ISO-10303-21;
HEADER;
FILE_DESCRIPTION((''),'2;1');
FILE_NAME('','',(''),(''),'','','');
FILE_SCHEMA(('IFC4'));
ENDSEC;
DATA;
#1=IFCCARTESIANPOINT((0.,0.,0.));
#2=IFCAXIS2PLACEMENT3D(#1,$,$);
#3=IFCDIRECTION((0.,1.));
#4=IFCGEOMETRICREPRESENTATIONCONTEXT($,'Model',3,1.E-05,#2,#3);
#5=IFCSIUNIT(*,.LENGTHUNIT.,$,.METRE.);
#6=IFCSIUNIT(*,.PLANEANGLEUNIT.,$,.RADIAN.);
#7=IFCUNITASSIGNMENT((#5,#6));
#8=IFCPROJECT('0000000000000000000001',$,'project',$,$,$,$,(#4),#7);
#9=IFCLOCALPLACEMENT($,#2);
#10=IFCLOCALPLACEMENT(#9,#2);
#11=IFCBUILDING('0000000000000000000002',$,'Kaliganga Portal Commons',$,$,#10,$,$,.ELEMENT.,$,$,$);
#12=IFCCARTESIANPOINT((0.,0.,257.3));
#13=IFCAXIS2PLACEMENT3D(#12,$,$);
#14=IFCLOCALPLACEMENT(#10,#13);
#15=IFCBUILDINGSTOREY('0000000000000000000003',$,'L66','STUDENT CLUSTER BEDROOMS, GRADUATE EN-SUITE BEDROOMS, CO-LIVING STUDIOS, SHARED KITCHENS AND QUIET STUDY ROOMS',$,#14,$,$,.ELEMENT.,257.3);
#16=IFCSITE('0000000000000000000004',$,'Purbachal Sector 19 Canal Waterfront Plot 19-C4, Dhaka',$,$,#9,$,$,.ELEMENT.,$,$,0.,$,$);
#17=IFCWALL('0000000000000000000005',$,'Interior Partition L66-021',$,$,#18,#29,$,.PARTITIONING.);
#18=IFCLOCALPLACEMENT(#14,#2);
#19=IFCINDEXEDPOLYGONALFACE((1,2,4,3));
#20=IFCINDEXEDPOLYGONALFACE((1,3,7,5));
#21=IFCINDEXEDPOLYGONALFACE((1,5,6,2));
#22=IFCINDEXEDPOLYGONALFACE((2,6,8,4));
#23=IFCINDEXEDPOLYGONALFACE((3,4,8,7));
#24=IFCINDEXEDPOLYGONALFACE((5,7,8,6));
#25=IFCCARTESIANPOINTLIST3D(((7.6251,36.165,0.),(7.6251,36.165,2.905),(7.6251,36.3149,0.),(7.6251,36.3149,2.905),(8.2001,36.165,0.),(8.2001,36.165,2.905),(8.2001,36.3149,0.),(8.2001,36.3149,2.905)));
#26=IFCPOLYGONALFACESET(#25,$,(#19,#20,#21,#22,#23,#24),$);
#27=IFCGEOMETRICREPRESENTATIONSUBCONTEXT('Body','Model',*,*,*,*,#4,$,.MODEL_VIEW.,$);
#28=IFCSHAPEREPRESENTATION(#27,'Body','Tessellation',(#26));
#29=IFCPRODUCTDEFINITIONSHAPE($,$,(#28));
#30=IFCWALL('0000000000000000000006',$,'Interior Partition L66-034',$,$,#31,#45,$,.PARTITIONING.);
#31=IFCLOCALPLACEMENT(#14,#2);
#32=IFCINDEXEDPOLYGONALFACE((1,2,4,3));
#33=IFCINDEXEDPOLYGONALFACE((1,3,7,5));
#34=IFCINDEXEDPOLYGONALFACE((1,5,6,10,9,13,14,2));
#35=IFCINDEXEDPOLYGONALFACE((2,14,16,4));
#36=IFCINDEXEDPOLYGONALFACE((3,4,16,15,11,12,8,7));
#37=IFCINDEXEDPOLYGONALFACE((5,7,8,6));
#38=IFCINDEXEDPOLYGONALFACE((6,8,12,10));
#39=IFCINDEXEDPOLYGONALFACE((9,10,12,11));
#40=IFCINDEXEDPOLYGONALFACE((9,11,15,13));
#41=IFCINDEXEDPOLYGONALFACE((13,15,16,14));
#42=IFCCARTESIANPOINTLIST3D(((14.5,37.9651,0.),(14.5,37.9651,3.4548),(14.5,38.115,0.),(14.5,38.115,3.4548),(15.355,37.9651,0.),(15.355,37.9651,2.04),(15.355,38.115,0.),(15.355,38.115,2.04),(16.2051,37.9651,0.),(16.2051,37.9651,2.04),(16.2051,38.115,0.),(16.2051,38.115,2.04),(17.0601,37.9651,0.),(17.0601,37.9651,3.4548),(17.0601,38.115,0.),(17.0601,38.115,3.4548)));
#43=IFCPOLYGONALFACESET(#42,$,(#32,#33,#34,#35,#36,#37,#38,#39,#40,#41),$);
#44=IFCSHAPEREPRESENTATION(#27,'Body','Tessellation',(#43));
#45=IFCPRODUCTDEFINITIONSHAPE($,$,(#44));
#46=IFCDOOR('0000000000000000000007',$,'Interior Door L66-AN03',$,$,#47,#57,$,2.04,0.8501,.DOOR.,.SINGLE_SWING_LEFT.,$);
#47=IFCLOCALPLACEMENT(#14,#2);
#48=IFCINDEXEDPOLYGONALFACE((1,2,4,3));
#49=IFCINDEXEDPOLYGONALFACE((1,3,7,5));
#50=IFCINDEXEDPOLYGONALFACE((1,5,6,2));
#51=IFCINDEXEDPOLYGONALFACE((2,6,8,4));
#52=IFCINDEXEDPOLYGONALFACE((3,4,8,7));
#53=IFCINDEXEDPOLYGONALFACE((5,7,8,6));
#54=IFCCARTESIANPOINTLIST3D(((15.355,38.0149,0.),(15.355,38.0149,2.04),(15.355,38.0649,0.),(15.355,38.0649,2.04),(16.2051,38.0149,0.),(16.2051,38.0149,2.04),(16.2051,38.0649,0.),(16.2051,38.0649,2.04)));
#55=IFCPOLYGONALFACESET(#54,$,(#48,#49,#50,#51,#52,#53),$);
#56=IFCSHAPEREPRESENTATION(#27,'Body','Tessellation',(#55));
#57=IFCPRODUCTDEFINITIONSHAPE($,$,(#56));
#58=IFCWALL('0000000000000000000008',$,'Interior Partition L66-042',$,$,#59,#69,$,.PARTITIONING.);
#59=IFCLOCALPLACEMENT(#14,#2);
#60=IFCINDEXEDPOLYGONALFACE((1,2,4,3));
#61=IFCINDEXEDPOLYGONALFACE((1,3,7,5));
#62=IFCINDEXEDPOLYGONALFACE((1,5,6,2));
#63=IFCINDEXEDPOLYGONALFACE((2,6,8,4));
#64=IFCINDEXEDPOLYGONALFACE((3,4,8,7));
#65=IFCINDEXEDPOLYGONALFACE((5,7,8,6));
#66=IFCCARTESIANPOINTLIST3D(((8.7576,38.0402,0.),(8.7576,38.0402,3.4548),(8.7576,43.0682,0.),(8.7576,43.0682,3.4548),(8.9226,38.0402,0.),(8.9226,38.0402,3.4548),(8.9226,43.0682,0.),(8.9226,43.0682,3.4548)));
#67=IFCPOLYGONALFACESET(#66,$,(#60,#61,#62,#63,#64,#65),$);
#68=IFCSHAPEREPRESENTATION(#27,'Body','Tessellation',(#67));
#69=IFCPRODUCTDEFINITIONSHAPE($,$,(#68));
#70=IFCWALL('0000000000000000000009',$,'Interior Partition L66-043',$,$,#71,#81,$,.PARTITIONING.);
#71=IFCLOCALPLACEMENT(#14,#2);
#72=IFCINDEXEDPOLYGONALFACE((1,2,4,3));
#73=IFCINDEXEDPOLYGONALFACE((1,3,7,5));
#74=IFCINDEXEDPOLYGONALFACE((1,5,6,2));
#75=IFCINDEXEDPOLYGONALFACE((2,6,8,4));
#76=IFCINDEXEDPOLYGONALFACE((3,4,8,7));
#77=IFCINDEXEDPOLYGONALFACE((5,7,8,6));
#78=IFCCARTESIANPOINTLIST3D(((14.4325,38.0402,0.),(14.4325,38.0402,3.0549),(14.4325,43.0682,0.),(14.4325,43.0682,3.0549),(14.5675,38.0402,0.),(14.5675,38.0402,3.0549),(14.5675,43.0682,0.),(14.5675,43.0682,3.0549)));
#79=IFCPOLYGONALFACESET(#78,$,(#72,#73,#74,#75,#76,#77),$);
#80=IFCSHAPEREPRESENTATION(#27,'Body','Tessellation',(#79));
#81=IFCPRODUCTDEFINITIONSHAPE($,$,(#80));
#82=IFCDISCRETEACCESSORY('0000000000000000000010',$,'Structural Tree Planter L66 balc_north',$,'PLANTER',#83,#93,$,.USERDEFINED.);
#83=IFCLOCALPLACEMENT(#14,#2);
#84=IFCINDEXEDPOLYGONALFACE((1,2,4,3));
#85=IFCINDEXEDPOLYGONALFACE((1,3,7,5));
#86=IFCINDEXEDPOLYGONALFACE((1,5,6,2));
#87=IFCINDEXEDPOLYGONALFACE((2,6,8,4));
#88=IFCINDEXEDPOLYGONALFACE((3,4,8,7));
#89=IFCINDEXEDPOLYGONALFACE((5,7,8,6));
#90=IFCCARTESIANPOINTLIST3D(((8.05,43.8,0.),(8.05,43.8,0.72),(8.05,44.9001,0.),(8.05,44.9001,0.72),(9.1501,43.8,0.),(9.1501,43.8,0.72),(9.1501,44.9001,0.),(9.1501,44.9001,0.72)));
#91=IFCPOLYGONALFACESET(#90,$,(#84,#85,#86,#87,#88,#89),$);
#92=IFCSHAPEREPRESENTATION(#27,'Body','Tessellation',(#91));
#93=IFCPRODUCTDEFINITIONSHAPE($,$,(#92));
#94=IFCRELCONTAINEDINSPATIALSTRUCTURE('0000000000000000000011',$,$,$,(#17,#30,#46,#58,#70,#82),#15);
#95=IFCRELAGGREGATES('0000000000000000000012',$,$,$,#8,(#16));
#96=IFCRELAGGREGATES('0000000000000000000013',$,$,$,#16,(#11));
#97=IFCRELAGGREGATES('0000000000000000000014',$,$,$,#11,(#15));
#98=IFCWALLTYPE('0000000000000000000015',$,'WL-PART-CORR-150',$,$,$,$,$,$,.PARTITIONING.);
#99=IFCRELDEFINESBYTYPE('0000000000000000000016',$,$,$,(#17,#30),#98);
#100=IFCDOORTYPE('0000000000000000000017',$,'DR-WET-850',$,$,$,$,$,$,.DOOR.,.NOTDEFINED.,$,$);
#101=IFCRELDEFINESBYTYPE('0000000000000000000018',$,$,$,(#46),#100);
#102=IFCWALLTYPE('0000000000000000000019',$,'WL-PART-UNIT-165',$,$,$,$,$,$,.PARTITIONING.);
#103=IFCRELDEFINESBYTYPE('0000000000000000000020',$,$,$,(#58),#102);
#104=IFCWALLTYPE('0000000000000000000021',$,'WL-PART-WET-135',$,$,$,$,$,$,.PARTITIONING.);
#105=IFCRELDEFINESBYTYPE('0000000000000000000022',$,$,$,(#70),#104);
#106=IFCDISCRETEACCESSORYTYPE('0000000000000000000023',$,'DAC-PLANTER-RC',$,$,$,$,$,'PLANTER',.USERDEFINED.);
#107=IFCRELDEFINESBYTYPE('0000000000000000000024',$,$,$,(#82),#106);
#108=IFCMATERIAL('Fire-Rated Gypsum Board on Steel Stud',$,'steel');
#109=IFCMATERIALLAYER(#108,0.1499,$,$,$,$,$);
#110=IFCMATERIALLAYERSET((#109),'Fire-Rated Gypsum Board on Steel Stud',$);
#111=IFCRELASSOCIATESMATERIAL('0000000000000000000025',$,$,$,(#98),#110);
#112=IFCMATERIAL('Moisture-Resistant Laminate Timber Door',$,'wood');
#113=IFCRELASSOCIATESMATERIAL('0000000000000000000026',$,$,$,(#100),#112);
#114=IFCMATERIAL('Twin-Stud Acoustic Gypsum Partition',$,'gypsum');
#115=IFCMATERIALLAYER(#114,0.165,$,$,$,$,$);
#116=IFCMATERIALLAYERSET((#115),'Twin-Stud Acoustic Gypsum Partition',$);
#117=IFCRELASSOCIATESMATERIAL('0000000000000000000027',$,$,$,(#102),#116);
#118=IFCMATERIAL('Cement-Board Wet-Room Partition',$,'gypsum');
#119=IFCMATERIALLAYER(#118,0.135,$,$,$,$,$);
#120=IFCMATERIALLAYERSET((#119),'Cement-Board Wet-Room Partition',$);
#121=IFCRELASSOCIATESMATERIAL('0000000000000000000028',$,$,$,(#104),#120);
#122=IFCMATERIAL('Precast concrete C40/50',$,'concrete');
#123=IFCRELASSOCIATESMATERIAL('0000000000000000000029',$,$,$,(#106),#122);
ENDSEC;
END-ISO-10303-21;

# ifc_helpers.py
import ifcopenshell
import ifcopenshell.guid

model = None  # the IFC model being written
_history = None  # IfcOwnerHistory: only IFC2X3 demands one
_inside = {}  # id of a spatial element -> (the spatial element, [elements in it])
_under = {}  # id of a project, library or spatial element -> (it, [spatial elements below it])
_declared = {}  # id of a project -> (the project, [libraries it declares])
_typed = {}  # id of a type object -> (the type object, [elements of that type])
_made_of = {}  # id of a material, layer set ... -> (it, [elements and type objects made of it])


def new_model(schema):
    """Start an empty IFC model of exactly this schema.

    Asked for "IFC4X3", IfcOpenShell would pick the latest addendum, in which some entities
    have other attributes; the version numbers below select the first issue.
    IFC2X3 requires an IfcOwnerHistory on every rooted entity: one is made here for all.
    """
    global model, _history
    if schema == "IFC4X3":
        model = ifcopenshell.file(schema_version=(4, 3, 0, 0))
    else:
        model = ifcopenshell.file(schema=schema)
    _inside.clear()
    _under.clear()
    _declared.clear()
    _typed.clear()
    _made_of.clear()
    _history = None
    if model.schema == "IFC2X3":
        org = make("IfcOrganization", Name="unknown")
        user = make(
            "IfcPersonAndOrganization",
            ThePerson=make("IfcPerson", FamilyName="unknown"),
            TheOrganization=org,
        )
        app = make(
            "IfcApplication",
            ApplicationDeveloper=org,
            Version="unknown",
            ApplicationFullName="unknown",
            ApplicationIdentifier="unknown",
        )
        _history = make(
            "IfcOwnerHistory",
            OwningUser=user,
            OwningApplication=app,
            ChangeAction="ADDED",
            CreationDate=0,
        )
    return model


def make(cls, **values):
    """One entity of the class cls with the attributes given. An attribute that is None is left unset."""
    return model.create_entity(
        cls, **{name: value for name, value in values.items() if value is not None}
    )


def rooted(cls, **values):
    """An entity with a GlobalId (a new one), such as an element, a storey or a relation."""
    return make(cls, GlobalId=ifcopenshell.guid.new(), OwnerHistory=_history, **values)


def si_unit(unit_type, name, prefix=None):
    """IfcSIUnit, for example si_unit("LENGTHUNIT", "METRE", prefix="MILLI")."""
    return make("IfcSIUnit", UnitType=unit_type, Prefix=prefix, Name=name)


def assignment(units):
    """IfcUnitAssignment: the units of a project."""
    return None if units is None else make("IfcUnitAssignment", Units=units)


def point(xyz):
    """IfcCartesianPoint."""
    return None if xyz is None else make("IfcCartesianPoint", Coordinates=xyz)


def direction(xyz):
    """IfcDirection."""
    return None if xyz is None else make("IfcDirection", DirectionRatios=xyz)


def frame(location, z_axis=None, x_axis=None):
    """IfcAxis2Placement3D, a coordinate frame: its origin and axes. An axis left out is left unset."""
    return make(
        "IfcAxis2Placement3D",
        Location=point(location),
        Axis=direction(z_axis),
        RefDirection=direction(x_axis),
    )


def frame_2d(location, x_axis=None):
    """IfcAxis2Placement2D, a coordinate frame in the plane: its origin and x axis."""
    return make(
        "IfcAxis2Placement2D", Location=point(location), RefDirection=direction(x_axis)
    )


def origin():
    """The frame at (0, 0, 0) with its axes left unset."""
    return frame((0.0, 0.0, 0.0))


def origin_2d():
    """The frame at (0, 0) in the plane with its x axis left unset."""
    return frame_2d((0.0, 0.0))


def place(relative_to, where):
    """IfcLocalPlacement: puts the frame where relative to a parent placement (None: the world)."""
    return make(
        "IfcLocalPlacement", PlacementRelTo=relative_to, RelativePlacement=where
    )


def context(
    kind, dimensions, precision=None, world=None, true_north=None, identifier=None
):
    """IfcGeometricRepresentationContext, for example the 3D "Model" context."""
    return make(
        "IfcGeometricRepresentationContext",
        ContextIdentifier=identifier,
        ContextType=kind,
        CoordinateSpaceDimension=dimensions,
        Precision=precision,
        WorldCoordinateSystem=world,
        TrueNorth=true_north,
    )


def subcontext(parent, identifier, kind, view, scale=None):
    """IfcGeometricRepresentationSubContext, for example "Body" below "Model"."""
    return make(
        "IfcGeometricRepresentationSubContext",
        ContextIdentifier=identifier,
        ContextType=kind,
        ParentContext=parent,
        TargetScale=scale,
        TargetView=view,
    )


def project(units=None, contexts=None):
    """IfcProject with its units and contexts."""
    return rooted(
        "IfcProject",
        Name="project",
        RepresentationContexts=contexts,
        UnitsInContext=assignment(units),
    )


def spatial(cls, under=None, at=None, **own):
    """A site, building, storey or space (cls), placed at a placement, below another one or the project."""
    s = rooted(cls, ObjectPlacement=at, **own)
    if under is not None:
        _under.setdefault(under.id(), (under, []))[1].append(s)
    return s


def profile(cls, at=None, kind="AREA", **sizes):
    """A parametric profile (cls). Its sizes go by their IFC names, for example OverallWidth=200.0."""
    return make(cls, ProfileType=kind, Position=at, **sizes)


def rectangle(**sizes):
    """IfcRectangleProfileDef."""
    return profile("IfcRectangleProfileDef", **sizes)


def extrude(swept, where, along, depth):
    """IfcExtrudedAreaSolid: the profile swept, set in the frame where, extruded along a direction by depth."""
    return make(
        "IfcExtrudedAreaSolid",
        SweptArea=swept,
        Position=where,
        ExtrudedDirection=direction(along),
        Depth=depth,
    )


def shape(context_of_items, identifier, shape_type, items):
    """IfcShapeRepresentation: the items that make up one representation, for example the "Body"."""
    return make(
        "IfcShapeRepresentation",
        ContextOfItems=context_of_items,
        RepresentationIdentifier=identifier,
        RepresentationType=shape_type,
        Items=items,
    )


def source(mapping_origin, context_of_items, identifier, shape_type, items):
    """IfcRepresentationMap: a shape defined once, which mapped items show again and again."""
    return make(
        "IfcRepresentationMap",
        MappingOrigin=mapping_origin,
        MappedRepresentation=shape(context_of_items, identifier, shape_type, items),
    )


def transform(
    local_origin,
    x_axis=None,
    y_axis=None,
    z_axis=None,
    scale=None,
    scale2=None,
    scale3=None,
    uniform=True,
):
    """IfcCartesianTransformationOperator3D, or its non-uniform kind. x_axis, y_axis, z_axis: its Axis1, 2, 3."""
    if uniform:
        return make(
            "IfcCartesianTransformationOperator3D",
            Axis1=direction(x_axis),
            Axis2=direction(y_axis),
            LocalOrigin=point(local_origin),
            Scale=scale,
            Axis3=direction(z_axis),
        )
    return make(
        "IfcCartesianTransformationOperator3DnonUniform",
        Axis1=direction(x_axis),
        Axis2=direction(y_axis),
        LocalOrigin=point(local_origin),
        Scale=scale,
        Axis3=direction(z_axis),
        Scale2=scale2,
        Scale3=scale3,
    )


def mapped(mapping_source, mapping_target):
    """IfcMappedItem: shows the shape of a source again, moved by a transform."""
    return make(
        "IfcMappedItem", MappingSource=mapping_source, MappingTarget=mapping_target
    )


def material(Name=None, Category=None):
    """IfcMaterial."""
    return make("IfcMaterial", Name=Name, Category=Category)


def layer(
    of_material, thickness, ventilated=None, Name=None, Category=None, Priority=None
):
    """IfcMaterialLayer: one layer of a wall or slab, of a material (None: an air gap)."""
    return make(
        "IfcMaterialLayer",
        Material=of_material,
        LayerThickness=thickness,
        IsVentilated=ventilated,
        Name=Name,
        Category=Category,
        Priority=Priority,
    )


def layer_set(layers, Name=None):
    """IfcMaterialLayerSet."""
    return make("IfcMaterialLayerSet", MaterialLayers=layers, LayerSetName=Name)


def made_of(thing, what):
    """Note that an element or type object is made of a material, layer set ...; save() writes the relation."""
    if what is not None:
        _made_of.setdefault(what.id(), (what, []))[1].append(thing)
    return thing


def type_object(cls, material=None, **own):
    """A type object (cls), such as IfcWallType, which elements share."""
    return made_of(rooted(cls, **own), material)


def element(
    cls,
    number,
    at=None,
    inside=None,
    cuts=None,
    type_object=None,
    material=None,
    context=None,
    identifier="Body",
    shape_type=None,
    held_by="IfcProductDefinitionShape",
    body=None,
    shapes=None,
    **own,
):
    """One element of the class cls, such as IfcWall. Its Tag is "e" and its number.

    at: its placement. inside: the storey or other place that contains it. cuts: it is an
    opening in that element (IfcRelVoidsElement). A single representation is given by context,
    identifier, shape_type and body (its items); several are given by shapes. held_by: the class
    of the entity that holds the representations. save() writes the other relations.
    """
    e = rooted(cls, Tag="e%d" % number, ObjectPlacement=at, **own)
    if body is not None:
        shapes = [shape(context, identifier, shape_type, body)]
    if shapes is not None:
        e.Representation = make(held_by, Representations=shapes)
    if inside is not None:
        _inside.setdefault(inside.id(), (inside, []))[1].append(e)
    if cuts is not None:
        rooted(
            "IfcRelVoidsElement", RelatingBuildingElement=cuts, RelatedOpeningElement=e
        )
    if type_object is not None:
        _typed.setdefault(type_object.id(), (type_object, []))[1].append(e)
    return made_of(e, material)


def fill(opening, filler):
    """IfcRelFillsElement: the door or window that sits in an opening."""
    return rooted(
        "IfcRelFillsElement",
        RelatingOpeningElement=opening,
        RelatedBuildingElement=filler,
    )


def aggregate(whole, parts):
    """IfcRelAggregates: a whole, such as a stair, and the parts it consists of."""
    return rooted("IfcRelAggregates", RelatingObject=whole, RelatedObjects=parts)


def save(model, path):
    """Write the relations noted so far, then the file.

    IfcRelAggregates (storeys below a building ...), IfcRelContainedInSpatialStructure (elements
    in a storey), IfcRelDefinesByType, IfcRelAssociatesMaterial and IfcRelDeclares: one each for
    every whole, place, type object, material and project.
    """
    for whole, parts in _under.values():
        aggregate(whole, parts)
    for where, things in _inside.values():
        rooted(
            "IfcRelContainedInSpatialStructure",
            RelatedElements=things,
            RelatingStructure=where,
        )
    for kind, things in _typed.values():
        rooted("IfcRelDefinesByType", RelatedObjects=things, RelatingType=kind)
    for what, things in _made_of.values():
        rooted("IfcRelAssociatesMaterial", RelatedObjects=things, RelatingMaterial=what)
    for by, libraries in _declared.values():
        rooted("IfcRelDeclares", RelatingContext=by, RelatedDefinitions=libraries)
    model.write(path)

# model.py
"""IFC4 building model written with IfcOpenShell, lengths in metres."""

from ifc_helpers import new_model, si_unit, direction, frame, frame_2d, origin, origin_2d, place, context, subcontext, project, spatial, rectangle, extrude, source, transform, mapped, material, layer, layer_set, type_object, element, fill, save


model = new_model("IFC4")

# Units and contexts
model_context = context("Model", 3, precision=1e-05, world=origin(), true_north=direction((0.0, 1.0)))
body_context = subcontext(model_context, "Body", "Model", "MODEL_VIEW")
ifc_project = project(units=[si_unit("LENGTHUNIT", "METRE"), si_unit("PLANEANGLEUNIT", "RADIAN")], contexts=[model_context])

# Site, building, storey
site_placement = place(None, origin())
site = spatial("IfcSite", under=ifc_project, at=site_placement, Name="Purbachal Sector 19 Canal Waterfront Plot 19-C4, Dhaka", CompositionType="ELEMENT", RefElevation=0.0)
building_placement = place(site_placement, origin())
building = spatial("IfcBuilding", under=site, at=building_placement, Name="Kaliganga Portal Commons", CompositionType="ELEMENT")
storey_placement = place(building_placement, frame((0.0, 0.0, 257.3)))
storey = spatial("IfcBuildingStorey", under=building, at=storey_placement, Name="L66", Description="STUDENT CLUSTER BEDROOMS, GRADUATE EN-SUITE BEDROOMS, CO-LIVING STUDIOS, SHARED KITCHENS AND QUIET STUDY ROOMS", CompositionType="ELEMENT", Elevation=257.3)

# Shared definitions
ifc_material_1 = material(Name="Fire-Rated Gypsum Board on Steel Stud", Category="steel")
ifc_layer_1 = layer(ifc_material_1, 0.1499)
ifc_layer_set_1 = layer_set([ifc_layer_1], Name="Fire-Rated Gypsum Board on Steel Stud")
wall_type_1 = type_object("IfcWallType", Name="WL-PART-CORR-150", PredefinedType="PARTITIONING", material=ifc_layer_set_1)

# Wall
wall_1_placement = place(storey_placement, frame((7.625, 36.24, 0.0), z_axis=(0.0, 0.0, 1.0), x_axis=(1.0, 0.0, 0.0)))
element("IfcWall", 1, at=wall_1_placement, inside=storey, type_object=wall_type_1, Name="Interior Partition L66-021", PredefinedType="PARTITIONING", context=body_context, shape_type="SweptSolid", body=[
    extrude(rectangle(XDim=0.575, YDim=0.1499, at=frame_2d((0.2876, 0.0))), origin(), (0.0, 0.0, 1.0), 2.905),
])

# Wall, opening, door
wall_2_placement = place(storey_placement, frame((14.5, 38.04, 0.0), z_axis=(0.0, 0.0, 1.0), x_axis=(1.0, 0.0, 0.0)))
wall_2 = element("IfcWall", 2, at=wall_2_placement, inside=storey, type_object=wall_type_1, Name="Interior Partition L66-034", PredefinedType="PARTITIONING", context=body_context, shape_type="SweptSolid", body=[
    extrude(rectangle(XDim=2.5601, YDim=0.1499, at=frame_2d((1.28, 0.0))), origin(), (0.0, 0.0, 1.0), 3.4548),
])
opening_1_placement = place(wall_2_placement, frame((0.855, 0.0, 0.0)))
opening_1 = element("IfcOpeningElement", 3, at=opening_1_placement, cuts=wall_2, PredefinedType="OPENING", context=body_context, shape_type="SweptSolid", body=[
    extrude(rectangle(XDim=0.8501, YDim=2.04, at=frame_2d((0.425, 1.02))), frame((0.0, 0.085, 0.0), z_axis=(0.0, -1.0, 0.0), x_axis=(1.0, 0.0, 0.0)), (0.0, 0.0, 1.0), 0.1699),
])
ifc_material_2 = material(Name="Moisture-Resistant Laminate Timber Door", Category="wood")
door_type_1 = type_object("IfcDoorType", Name="DR-WET-850", OperationType="NOTDEFINED", PredefinedType="DOOR", material=ifc_material_2)
door_1_placement = place(opening_1_placement, origin())
door_1 = element("IfcDoor", 4, at=door_1_placement, inside=storey, type_object=door_type_1, Name="Interior Door L66-AN03", OperationType="SINGLE_SWING_LEFT", OverallHeight=2.04, OverallWidth=0.8501, PredefinedType="DOOR", context=body_context, shape_type="SweptSolid", body=[
    extrude(rectangle(XDim=0.8501, YDim=2.04, at=frame_2d((0.425, 1.02))), frame((0.0, 0.0249, 0.0), z_axis=(0.0, -1.0, 0.0), x_axis=(1.0, 0.0, 0.0)), (0.0, 0.0, 1.0), 0.05),
])
fill(opening_1, door_1)

# Walls
ifc_material_3 = material(Name="Twin-Stud Acoustic Gypsum Partition", Category="gypsum")
ifc_layer_2 = layer(ifc_material_3, 0.165)
ifc_layer_set_2 = layer_set([ifc_layer_2], Name="Twin-Stud Acoustic Gypsum Partition")
wall_type_2 = type_object("IfcWallType", Name="WL-PART-UNIT-165", PredefinedType="PARTITIONING", material=ifc_layer_set_2)
wall_3_placement = place(storey_placement, frame((8.8401, 38.04, 0.0), z_axis=(0.0, 0.0, 1.0), x_axis=(0.0, 1.0, 0.0)))
element("IfcWall", 5, at=wall_3_placement, inside=storey, type_object=wall_type_2, Name="Interior Partition L66-042", PredefinedType="PARTITIONING", context=body_context, shape_type="SweptSolid", body=[
    extrude(rectangle(XDim=5.0281, YDim=0.165, at=frame_2d((2.5142, 0.0))), origin(), (0.0, 0.0, 1.0), 3.4548),
])
ifc_material_4 = material(Name="Cement-Board Wet-Room Partition", Category="gypsum")
ifc_layer_3 = layer(ifc_material_4, 0.135)
ifc_layer_set_3 = layer_set([ifc_layer_3], Name="Cement-Board Wet-Room Partition")
wall_type_3 = type_object("IfcWallType", Name="WL-PART-WET-135", PredefinedType="PARTITIONING", material=ifc_layer_set_3)
wall_4_placement = place(storey_placement, frame((14.5, 38.04, 0.0), z_axis=(0.0, 0.0, 1.0), x_axis=(0.0, 1.0, 0.0)))
element("IfcWall", 6, at=wall_4_placement, inside=storey, type_object=wall_type_3, Name="Interior Partition L66-043", PredefinedType="PARTITIONING", context=body_context, shape_type="SweptSolid", body=[
    extrude(rectangle(XDim=5.0281, YDim=0.135, at=frame_2d((2.5142, 0.0))), origin(), (0.0, 0.0, 1.0), 3.0549),
])

# Discrete accessory
ifc_material_5 = material(Name="Precast concrete C40/50", Category="concrete")
discrete_accessory_type = type_object("IfcDiscreteAccessoryType", Name="DAC-PLANTER-RC", ElementType="PLANTER", PredefinedType="USERDEFINED", material=ifc_material_5)
shared_shape_1 = source(origin(), body_context, "Body", "SweptSolid", [
    extrude(rectangle(XDim=1.1001, YDim=1.1001, at=origin_2d()), origin(), (0.0, 0.0, 1.0), 0.72),
])
discrete_accessory_placement = place(storey_placement, frame((8.6001, 44.3501, 0.0), z_axis=(0.0, 0.0, 1.0), x_axis=(1.0, 0.0, 0.0)))
element("IfcDiscreteAccessory", 7, at=discrete_accessory_placement, inside=storey, type_object=discrete_accessory_type, Name="Structural Tree Planter L66 balc_north", ObjectType="PLANTER", PredefinedType="USERDEFINED", context=body_context, shape_type="MappedRepresentation", body=[
    mapped(shared_shape_1, transform((0.0, 0.0, 0.0), x_axis=(1.0, 0.0, 0.0), y_axis=(0.0, 1.0, 0.0), z_axis=(0.0, 0.0, 1.0), scale=1.0)),
])

save(model, "model.ifc")
